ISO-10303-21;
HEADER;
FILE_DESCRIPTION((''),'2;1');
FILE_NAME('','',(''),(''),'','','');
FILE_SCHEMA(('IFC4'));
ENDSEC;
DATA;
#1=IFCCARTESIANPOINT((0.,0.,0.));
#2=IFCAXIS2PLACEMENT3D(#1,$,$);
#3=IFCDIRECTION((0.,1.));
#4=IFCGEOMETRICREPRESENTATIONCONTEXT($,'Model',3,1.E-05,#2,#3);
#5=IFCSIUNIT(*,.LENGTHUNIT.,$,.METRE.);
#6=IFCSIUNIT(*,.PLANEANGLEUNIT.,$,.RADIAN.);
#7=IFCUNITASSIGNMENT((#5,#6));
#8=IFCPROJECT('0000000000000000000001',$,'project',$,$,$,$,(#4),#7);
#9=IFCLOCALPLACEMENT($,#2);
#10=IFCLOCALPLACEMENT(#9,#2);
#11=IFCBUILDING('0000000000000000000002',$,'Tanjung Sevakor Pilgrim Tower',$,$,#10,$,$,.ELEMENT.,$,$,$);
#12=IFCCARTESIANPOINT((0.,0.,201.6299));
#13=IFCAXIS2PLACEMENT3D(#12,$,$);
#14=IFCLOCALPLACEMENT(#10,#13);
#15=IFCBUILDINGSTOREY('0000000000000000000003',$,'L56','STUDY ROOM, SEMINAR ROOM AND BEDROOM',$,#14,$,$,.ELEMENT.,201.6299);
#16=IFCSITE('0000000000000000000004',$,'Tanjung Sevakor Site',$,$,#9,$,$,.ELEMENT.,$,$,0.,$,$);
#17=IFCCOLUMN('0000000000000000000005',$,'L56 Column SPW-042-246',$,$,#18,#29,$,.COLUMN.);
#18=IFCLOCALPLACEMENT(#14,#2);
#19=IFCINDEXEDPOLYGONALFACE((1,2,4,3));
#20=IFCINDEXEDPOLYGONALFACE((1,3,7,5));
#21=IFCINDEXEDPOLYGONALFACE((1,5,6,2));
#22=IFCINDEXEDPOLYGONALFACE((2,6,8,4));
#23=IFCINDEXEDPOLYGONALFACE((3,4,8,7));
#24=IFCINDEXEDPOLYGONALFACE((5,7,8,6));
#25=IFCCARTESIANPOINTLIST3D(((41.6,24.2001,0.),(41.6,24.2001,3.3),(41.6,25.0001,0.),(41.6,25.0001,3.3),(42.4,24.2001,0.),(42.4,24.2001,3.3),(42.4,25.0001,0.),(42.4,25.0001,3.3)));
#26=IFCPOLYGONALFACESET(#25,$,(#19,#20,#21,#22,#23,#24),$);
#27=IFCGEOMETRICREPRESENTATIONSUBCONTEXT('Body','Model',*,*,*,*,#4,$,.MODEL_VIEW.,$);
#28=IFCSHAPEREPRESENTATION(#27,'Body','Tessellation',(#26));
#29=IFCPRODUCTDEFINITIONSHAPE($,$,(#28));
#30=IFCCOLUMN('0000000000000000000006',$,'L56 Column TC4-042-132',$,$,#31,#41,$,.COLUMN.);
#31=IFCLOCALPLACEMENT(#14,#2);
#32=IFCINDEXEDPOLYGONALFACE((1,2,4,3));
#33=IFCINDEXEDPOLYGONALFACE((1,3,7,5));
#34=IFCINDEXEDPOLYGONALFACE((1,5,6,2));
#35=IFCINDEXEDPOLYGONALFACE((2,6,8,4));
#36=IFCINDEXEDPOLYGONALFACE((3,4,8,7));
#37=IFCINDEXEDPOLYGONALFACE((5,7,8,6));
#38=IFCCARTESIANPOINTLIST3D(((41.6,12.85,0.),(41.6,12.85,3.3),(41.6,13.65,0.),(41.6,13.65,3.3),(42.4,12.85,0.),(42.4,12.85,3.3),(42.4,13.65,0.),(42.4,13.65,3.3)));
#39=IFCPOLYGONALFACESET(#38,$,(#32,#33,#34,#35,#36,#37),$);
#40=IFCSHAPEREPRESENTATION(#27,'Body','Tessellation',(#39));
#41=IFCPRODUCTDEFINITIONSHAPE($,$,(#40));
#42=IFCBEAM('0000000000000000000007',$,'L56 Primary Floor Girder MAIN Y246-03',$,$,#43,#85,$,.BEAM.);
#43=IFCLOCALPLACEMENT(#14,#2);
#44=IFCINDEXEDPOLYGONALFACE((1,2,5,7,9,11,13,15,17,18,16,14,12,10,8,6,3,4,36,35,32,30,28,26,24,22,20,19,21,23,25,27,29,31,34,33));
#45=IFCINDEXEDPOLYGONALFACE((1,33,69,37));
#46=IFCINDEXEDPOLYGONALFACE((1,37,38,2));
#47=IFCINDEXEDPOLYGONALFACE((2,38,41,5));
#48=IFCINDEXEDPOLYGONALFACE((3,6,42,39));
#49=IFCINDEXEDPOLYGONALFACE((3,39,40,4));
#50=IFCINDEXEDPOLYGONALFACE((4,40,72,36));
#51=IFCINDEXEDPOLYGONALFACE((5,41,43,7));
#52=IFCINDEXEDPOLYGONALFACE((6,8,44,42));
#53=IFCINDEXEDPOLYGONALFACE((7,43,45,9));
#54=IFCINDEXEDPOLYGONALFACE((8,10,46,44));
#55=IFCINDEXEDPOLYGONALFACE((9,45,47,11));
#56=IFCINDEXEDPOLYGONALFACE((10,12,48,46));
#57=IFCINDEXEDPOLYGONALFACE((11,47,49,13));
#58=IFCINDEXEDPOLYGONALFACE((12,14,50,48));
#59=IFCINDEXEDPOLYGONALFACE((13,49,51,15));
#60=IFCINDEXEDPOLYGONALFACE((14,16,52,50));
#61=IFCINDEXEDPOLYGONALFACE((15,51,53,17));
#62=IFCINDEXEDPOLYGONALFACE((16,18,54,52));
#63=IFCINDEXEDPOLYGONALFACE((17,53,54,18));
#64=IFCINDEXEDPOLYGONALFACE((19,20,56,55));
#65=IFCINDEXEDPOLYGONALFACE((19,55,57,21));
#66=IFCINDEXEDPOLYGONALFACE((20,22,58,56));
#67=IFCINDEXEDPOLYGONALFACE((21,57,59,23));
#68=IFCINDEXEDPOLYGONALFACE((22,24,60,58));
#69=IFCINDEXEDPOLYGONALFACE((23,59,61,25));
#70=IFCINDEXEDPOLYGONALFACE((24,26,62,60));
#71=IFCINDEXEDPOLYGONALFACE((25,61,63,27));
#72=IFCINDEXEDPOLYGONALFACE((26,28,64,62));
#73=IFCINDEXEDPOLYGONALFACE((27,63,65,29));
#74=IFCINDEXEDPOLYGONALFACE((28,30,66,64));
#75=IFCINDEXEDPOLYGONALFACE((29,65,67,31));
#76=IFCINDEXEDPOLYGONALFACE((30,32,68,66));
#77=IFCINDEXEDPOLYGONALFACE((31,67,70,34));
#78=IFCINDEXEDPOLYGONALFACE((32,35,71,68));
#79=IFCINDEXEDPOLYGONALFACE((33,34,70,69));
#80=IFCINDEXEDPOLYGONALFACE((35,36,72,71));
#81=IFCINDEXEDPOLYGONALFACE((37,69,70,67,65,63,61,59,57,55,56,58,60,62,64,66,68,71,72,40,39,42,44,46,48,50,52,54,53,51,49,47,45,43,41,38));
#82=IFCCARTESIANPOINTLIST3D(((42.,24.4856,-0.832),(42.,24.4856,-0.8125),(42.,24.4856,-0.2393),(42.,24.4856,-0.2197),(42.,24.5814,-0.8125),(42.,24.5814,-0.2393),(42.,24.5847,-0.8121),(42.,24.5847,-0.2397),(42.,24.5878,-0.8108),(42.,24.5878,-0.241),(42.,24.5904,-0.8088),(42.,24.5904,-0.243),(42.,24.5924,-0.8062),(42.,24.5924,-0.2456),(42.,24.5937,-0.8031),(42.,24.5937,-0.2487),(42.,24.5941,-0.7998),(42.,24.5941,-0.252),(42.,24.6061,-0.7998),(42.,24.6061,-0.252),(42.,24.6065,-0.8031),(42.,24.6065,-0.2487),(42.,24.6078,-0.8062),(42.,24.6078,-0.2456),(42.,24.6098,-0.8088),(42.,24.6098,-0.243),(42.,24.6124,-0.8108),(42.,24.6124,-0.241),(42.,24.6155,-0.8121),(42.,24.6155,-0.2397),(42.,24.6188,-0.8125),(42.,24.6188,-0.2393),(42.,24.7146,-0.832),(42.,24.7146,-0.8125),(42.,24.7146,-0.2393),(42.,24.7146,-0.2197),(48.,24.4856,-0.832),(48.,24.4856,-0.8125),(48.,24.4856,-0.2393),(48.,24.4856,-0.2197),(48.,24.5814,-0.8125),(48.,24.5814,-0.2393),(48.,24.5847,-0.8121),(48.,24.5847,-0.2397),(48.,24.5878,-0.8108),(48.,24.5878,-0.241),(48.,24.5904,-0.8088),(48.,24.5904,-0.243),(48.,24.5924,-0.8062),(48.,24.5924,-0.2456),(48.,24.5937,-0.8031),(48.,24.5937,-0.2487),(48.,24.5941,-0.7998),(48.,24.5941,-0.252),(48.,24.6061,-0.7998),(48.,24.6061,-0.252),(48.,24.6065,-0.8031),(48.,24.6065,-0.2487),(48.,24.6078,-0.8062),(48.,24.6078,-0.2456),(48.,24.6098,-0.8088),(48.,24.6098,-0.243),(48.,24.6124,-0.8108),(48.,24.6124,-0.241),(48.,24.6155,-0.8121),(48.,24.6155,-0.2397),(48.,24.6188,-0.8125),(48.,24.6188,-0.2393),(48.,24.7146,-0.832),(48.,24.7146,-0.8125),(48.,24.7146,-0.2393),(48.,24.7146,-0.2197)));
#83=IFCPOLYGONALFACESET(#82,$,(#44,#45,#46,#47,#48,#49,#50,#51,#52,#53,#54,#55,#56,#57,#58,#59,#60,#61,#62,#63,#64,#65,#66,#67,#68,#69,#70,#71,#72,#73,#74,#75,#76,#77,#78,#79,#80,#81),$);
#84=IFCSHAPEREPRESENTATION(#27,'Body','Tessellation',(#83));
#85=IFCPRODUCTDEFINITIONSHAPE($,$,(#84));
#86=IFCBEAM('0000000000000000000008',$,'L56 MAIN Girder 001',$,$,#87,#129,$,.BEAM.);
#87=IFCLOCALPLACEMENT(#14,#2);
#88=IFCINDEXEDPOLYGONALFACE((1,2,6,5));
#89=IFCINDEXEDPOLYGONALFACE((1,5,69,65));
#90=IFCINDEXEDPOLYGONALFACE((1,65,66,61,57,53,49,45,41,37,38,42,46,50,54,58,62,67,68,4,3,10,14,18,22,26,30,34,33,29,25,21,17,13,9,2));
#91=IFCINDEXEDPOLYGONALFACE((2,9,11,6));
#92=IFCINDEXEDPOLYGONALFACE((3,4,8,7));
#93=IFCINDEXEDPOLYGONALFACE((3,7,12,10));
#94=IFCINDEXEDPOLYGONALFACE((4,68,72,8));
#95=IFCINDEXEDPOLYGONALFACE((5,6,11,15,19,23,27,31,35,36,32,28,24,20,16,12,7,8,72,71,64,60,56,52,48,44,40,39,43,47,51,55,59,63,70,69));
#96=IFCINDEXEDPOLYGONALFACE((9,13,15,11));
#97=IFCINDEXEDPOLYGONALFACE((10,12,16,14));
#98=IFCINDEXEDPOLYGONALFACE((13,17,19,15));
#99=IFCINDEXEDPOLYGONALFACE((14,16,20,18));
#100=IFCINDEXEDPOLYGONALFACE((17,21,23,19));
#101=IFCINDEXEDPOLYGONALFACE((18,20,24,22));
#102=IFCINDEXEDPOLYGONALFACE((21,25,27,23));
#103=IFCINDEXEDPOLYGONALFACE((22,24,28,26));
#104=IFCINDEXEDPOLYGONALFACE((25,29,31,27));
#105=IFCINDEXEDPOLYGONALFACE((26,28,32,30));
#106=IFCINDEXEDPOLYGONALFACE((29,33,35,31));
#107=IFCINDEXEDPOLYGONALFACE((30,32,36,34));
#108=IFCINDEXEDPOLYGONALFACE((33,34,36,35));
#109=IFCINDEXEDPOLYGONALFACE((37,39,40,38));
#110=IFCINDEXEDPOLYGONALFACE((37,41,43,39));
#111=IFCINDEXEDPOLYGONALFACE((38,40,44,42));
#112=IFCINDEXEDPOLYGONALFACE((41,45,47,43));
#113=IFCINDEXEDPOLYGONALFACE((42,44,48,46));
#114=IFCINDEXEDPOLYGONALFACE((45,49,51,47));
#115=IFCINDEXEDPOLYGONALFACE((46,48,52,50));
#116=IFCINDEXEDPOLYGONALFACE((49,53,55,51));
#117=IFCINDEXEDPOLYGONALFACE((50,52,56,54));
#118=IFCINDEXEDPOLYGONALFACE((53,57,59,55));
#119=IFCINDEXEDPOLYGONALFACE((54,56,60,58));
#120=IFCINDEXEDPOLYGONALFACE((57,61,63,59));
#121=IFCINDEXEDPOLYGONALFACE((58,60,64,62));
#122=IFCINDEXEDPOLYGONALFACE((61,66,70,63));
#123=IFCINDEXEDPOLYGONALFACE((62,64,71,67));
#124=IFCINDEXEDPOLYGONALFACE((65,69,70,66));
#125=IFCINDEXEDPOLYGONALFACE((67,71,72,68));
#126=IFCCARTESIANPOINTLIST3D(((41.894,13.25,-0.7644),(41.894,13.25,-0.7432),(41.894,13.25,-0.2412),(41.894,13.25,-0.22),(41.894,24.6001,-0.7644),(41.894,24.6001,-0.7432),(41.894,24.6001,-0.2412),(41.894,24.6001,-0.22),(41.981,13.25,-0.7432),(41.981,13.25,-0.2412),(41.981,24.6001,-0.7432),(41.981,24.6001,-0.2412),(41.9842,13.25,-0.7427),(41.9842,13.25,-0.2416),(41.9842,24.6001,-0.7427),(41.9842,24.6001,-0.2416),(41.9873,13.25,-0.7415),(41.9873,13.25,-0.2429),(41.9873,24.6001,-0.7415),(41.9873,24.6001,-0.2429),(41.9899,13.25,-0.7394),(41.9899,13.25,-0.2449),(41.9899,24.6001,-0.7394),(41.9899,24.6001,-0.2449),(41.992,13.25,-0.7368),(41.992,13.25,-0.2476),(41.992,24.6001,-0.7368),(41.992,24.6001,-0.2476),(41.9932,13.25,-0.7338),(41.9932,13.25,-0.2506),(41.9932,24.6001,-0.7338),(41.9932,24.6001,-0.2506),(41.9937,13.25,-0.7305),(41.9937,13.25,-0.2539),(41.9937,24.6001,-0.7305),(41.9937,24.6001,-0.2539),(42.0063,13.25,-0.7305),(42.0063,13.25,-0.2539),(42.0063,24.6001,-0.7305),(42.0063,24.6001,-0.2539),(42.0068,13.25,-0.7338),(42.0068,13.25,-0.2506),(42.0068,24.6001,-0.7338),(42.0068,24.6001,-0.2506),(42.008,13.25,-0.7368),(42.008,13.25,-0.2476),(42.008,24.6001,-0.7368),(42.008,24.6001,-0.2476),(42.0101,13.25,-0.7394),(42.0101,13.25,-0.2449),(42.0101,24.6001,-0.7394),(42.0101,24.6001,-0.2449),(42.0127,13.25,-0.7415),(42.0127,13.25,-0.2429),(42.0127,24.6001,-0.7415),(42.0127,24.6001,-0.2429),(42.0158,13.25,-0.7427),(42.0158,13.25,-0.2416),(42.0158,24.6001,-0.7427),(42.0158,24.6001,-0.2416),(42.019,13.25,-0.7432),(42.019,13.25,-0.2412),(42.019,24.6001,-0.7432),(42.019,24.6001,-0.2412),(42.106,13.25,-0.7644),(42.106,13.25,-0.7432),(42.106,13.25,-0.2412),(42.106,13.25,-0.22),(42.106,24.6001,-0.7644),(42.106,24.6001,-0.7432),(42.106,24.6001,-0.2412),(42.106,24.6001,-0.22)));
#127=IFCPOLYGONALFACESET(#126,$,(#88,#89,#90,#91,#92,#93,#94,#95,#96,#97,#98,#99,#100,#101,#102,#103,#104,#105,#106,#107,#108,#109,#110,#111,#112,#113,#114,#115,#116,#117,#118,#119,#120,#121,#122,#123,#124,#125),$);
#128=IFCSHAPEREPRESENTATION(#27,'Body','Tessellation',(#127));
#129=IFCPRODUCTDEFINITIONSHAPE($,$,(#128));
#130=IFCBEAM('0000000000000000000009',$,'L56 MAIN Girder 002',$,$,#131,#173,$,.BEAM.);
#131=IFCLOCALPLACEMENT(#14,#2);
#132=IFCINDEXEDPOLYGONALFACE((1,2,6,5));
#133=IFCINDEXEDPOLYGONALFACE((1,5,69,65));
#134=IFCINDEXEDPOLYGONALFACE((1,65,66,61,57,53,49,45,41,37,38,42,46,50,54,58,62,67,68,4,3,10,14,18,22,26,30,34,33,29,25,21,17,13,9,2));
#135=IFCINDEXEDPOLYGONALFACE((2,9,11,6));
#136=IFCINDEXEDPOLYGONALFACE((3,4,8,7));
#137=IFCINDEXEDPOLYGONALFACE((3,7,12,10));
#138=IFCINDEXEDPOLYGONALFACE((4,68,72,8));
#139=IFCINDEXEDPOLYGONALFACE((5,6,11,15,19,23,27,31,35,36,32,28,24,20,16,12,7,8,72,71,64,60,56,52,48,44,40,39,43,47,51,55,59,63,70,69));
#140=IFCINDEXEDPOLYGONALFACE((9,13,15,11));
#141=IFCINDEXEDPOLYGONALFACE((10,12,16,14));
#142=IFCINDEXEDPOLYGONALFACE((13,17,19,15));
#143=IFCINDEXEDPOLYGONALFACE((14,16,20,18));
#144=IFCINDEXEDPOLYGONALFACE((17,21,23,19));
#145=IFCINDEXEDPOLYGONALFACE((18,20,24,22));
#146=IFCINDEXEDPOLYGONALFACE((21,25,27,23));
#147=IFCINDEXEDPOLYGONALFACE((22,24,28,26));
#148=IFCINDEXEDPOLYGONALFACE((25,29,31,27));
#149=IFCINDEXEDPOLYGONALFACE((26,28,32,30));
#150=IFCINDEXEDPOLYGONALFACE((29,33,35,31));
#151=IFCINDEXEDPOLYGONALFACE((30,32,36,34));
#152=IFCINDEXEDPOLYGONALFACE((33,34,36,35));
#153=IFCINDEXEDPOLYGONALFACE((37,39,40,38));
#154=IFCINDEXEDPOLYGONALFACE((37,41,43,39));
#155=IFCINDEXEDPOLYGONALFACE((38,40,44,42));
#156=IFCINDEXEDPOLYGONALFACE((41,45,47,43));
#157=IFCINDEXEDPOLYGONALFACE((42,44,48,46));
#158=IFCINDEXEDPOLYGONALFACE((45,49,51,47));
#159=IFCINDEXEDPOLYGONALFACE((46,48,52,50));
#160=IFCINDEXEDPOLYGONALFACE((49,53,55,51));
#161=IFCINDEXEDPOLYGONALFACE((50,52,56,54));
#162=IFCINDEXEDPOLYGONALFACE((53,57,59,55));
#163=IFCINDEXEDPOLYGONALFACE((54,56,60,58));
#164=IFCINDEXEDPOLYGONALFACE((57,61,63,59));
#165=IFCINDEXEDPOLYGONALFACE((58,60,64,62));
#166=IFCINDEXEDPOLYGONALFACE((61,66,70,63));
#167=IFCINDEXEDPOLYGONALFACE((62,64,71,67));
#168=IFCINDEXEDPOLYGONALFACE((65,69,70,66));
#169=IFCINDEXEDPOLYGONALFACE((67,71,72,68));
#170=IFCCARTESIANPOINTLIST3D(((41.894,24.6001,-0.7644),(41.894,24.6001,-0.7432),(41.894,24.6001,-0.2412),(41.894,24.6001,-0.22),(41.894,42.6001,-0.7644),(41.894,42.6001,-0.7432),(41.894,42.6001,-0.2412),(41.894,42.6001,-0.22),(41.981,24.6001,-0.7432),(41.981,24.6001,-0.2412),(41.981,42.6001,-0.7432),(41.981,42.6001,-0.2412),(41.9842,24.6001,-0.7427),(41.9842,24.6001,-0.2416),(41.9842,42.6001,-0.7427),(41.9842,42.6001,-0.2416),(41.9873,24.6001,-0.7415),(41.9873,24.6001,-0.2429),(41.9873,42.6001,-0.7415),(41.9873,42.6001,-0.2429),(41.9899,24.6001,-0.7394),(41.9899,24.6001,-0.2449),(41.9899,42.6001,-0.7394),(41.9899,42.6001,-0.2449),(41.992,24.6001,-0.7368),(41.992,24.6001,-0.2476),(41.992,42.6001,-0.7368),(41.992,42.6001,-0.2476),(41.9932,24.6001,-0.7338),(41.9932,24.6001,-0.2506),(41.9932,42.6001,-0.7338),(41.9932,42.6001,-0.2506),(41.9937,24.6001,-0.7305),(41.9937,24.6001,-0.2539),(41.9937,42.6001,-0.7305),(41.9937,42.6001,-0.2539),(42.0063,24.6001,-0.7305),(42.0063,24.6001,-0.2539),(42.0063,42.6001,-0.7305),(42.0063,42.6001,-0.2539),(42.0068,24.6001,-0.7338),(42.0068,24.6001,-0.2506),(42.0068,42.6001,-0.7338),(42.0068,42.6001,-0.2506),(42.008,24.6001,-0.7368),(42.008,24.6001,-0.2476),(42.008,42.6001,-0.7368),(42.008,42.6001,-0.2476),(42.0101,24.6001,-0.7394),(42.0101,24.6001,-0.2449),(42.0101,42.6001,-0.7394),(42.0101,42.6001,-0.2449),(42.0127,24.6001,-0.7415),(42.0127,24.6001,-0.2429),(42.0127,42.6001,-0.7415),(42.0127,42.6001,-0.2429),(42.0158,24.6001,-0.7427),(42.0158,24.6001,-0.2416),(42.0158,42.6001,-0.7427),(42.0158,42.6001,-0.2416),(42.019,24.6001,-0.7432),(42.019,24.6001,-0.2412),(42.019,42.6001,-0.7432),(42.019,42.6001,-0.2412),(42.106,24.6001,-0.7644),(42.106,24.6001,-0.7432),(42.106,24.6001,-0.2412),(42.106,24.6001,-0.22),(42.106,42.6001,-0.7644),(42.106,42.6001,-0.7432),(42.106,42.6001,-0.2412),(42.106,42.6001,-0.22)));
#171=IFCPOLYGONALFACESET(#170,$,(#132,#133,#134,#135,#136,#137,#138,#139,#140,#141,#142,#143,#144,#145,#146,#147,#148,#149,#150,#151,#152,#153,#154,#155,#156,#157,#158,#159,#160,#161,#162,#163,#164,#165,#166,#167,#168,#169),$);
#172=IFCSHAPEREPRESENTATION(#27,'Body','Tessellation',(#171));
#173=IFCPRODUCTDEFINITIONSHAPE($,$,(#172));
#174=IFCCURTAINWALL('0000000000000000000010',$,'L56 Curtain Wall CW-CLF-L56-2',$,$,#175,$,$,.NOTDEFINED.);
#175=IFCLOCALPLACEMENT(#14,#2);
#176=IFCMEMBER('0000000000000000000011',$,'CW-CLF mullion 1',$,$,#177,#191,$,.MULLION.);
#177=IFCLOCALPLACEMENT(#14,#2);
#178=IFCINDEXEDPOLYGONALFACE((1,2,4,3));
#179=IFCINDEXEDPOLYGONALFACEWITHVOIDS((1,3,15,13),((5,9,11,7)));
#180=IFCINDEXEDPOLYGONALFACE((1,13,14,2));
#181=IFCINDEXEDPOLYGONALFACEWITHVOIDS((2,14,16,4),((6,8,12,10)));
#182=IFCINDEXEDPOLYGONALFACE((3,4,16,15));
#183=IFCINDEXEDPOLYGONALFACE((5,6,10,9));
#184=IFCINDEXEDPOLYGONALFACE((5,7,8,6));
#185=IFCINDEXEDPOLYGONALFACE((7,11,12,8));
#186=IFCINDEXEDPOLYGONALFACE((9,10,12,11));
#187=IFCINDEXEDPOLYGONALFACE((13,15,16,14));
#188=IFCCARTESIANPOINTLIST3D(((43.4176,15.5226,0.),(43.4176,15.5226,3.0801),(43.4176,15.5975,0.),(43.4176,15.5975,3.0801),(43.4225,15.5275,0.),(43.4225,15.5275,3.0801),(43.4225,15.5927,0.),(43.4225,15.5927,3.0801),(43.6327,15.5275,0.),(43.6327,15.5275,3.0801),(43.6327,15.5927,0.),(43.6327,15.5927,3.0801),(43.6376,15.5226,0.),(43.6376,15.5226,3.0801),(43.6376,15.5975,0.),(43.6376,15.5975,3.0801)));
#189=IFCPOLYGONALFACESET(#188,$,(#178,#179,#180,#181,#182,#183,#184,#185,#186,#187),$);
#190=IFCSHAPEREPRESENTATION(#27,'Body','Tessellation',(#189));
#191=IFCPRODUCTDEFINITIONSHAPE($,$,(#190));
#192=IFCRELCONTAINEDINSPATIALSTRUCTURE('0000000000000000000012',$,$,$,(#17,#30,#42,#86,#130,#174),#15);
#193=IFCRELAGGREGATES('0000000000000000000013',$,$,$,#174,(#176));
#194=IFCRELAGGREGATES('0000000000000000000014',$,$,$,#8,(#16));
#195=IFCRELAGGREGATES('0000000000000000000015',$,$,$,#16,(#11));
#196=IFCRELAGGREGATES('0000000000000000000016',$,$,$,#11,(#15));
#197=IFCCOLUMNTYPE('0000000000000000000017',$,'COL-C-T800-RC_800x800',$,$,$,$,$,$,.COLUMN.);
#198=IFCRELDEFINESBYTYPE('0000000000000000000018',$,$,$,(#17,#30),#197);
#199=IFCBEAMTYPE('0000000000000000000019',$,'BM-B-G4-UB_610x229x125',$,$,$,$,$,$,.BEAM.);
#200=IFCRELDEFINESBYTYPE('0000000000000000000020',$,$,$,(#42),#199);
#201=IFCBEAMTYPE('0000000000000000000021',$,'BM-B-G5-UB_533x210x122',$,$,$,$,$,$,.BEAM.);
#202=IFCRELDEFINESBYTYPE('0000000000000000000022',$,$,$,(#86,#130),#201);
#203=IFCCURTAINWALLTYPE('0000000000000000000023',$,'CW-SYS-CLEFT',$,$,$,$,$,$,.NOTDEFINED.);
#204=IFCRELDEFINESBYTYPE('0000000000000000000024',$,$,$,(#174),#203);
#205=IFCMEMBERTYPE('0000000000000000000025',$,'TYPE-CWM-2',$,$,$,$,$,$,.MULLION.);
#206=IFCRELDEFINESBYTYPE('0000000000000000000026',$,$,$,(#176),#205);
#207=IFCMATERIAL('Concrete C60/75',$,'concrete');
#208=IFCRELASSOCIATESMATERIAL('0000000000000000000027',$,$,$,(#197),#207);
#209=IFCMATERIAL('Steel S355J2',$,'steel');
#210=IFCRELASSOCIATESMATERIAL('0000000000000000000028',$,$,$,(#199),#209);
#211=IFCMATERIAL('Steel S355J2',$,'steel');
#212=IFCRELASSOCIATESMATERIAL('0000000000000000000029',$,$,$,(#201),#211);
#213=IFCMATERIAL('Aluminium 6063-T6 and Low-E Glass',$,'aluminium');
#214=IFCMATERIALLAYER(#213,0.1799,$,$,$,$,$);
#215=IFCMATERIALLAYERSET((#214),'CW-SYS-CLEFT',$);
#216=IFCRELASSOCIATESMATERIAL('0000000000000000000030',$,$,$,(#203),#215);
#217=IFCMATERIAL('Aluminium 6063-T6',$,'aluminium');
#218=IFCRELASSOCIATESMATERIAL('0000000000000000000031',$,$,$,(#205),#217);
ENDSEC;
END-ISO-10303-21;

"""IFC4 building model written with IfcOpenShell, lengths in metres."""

from ifc_helpers import new_model, si_unit, direction, frame, origin, origin_2d, place, context, subcontext, project, spatial, rectangle, hollow_rectangle, i_section, extrude, material, layer, layer_set, material_profile, profile_set, type_object, element, aggregate, save


model = new_model("IFC4")

# Units and contexts
model_context = context("Model", 3, precision=1e-05, world=origin(), true_north=direction((0.0, 1.0)))
body_context = subcontext(model_context, "Body", "Model", "MODEL_VIEW")
ifc_project = project(units=[si_unit("LENGTHUNIT", "METRE"), si_unit("PLANEANGLEUNIT", "RADIAN")], contexts=[model_context])

# Site, building, storey
site_placement = place(None, origin())
site = spatial("IfcSite", under=ifc_project, at=site_placement, Name="Tanjung Sevakor Site", CompositionType="ELEMENT", RefElevation=0.0)
building_placement = place(site_placement, origin())
building = spatial("IfcBuilding", under=site, at=building_placement, Name="Tanjung Sevakor Pilgrim Tower", CompositionType="ELEMENT")
storey_placement = place(building_placement, frame((0.0, 0.0, 201.6299)))
storey = spatial("IfcBuildingStorey", under=building, at=storey_placement, Name="L56", Description="STUDY ROOM, SEMINAR ROOM AND BEDROOM", CompositionType="ELEMENT", Elevation=201.6299)

# Columns
ifc_material_1 = material(Name="Concrete C60/75", Category="concrete")
ifc_material_profile_1 = material_profile(ifc_material_1, rectangle(XDim=0.8, YDim=0.8, at=origin_2d()))
ifc_profile_set_1 = profile_set([ifc_material_profile_1], Name="Concrete C60/75")
column_type = type_object("IfcColumnType", Name="COL-C-T800-RC_800x800", PredefinedType="COLUMN", material=ifc_profile_set_1)
for number, where, z_axis, x_axis, name in (
    (1, (42.0, 24.6001, 0.0), (0.0, 0.0, 1.0), (1.0, 0.0, 0.0), "L56 Column SPW-042-246"),
    (2, (42.0, 13.25, 0.0), (0.0, 0.0, 1.0), (1.0, 0.0, 0.0), "L56 Column TC4-042-132"),
):
    element("IfcColumn", number, at=place(storey_placement, frame(where, z_axis=z_axis, x_axis=x_axis)), inside=storey, type_object=column_type, Name=name, PredefinedType="COLUMN", context=body_context, shape_type="SweptSolid", body=[
        extrude(rectangle(XDim=0.8, YDim=0.8, at=origin_2d()), origin(), (0.0, 0.0, 1.0), 3.3),
    ])

# Beams
ifc_material_2 = material(Name="Steel S355J2", Category="steel")
ifc_material_profile_2 = material_profile(ifc_material_2, i_section(OverallWidth=0.229, OverallDepth=0.6123, WebThickness=0.012, FlangeThickness=0.0195, FilletRadius=0.0127, at=origin_2d()))
ifc_profile_set_2 = profile_set([ifc_material_profile_2], Name="Steel S355J2")
beam_type_1 = type_object("IfcBeamType", Name="BM-B-G4-UB_610x229x125", PredefinedType="BEAM", material=ifc_profile_set_2)
beam_1_placement = place(storey_placement, frame((42.0, 24.6001, -0.5259), z_axis=(1.0, 0.0, 0.0), x_axis=(0.0, 1.0, 0.0)))
element("IfcBeam", 3, at=beam_1_placement, inside=storey, type_object=beam_type_1, Name="L56 Primary Floor Girder MAIN Y246-03", PredefinedType="BEAM", context=body_context, shape_type="SweptSolid", body=[
    extrude(i_section(OverallWidth=0.229, OverallDepth=0.6123, WebThickness=0.012, FlangeThickness=0.0195, FilletRadius=0.0127, at=origin_2d()), origin(), (0.0, 0.0, 1.0), 6.0),
])
ifc_material_3 = material(Name="Steel S355J2", Category="steel")
ifc_material_profile_3 = material_profile(ifc_material_3, i_section(OverallWidth=0.2119, OverallDepth=0.5444, WebThickness=0.0127, FlangeThickness=0.0212, FilletRadius=0.0127, at=origin_2d()))
ifc_profile_set_3 = profile_set([ifc_material_profile_3], Name="Steel S355J2")
beam_type_2 = type_object("IfcBeamType", Name="BM-B-G5-UB_533x210x122", PredefinedType="BEAM", material=ifc_profile_set_3)
beam_2_placement = place(storey_placement, frame((42.0, 13.25, -0.4922), z_axis=(0.0, 1.0, 0.0), x_axis=(-1.0, 0.0, 0.0)))
element("IfcBeam", 4, at=beam_2_placement, inside=storey, type_object=beam_type_2, Name="L56 MAIN Girder 001", PredefinedType="BEAM", context=body_context, shape_type="SweptSolid", body=[
    extrude(i_section(OverallWidth=0.2119, OverallDepth=0.5444, WebThickness=0.0127, FlangeThickness=0.0212, FilletRadius=0.0127, at=origin_2d()), origin(), (0.0, 0.0, 1.0), 11.3501),
])
beam_3_placement = place(storey_placement, frame((42.0, 24.6001, -0.4922), z_axis=(0.0, 1.0, 0.0), x_axis=(-1.0, 0.0, 0.0)))
element("IfcBeam", 5, at=beam_3_placement, inside=storey, type_object=beam_type_2, Name="L56 MAIN Girder 002", PredefinedType="BEAM", context=body_context, shape_type="SweptSolid", body=[
    extrude(i_section(OverallWidth=0.2119, OverallDepth=0.5444, WebThickness=0.0127, FlangeThickness=0.0212, FilletRadius=0.0127, at=origin_2d()), origin(), (0.0, 0.0, 1.0), 18.0),
])

# Curtain wall, member
ifc_material_4 = material(Name="Aluminium 6063-T6 and Low-E Glass", Category="aluminium")
ifc_layer_1 = layer(ifc_material_4, 0.1799)
ifc_layer_set_1 = layer_set([ifc_layer_1], Name="CW-SYS-CLEFT")
curtain_wall_type = type_object("IfcCurtainWallType", Name="CW-SYS-CLEFT", PredefinedType="NOTDEFINED", material=ifc_layer_set_1)
curtain_wall_placement = place(storey_placement, origin())
curtain_wall = element("IfcCurtainWall", 6, at=curtain_wall_placement, inside=storey, type_object=curtain_wall_type, Name="L56 Curtain Wall CW-CLF-L56-2", PredefinedType="NOTDEFINED")
ifc_material_5 = material(Name="Aluminium 6063-T6", Category="aluminium")
ifc_material_profile_4 = material_profile(ifc_material_5, hollow_rectangle(XDim=0.075, YDim=0.22, WallThickness=0.0049, at=origin_2d()))
ifc_profile_set_4 = profile_set([ifc_material_profile_4], Name="Aluminium 6063-T6")
member_type_1 = type_object("IfcMemberType", Name="TYPE-CWM-2", PredefinedType="MULLION", material=ifc_profile_set_4)
member_1_placement = place(storey_placement, frame((43.5276, 15.5601, 0.0), z_axis=(0.0, 0.0, 1.0), x_axis=(0.0, 1.0, 0.0)))
member_1 = element("IfcMember", 7, at=member_1_placement, type_object=member_type_1, Name="CW-CLF mullion 1", PredefinedType="MULLION", context=body_context, shape_type="SweptSolid", body=[
    extrude(hollow_rectangle(XDim=0.075, YDim=0.22, WallThickness=0.0049, at=origin_2d()), origin(), (0.0, 0.0, 1.0), 3.0801),
])
aggregate(curtain_wall, [member_1])

save(model, "model.ifc")
